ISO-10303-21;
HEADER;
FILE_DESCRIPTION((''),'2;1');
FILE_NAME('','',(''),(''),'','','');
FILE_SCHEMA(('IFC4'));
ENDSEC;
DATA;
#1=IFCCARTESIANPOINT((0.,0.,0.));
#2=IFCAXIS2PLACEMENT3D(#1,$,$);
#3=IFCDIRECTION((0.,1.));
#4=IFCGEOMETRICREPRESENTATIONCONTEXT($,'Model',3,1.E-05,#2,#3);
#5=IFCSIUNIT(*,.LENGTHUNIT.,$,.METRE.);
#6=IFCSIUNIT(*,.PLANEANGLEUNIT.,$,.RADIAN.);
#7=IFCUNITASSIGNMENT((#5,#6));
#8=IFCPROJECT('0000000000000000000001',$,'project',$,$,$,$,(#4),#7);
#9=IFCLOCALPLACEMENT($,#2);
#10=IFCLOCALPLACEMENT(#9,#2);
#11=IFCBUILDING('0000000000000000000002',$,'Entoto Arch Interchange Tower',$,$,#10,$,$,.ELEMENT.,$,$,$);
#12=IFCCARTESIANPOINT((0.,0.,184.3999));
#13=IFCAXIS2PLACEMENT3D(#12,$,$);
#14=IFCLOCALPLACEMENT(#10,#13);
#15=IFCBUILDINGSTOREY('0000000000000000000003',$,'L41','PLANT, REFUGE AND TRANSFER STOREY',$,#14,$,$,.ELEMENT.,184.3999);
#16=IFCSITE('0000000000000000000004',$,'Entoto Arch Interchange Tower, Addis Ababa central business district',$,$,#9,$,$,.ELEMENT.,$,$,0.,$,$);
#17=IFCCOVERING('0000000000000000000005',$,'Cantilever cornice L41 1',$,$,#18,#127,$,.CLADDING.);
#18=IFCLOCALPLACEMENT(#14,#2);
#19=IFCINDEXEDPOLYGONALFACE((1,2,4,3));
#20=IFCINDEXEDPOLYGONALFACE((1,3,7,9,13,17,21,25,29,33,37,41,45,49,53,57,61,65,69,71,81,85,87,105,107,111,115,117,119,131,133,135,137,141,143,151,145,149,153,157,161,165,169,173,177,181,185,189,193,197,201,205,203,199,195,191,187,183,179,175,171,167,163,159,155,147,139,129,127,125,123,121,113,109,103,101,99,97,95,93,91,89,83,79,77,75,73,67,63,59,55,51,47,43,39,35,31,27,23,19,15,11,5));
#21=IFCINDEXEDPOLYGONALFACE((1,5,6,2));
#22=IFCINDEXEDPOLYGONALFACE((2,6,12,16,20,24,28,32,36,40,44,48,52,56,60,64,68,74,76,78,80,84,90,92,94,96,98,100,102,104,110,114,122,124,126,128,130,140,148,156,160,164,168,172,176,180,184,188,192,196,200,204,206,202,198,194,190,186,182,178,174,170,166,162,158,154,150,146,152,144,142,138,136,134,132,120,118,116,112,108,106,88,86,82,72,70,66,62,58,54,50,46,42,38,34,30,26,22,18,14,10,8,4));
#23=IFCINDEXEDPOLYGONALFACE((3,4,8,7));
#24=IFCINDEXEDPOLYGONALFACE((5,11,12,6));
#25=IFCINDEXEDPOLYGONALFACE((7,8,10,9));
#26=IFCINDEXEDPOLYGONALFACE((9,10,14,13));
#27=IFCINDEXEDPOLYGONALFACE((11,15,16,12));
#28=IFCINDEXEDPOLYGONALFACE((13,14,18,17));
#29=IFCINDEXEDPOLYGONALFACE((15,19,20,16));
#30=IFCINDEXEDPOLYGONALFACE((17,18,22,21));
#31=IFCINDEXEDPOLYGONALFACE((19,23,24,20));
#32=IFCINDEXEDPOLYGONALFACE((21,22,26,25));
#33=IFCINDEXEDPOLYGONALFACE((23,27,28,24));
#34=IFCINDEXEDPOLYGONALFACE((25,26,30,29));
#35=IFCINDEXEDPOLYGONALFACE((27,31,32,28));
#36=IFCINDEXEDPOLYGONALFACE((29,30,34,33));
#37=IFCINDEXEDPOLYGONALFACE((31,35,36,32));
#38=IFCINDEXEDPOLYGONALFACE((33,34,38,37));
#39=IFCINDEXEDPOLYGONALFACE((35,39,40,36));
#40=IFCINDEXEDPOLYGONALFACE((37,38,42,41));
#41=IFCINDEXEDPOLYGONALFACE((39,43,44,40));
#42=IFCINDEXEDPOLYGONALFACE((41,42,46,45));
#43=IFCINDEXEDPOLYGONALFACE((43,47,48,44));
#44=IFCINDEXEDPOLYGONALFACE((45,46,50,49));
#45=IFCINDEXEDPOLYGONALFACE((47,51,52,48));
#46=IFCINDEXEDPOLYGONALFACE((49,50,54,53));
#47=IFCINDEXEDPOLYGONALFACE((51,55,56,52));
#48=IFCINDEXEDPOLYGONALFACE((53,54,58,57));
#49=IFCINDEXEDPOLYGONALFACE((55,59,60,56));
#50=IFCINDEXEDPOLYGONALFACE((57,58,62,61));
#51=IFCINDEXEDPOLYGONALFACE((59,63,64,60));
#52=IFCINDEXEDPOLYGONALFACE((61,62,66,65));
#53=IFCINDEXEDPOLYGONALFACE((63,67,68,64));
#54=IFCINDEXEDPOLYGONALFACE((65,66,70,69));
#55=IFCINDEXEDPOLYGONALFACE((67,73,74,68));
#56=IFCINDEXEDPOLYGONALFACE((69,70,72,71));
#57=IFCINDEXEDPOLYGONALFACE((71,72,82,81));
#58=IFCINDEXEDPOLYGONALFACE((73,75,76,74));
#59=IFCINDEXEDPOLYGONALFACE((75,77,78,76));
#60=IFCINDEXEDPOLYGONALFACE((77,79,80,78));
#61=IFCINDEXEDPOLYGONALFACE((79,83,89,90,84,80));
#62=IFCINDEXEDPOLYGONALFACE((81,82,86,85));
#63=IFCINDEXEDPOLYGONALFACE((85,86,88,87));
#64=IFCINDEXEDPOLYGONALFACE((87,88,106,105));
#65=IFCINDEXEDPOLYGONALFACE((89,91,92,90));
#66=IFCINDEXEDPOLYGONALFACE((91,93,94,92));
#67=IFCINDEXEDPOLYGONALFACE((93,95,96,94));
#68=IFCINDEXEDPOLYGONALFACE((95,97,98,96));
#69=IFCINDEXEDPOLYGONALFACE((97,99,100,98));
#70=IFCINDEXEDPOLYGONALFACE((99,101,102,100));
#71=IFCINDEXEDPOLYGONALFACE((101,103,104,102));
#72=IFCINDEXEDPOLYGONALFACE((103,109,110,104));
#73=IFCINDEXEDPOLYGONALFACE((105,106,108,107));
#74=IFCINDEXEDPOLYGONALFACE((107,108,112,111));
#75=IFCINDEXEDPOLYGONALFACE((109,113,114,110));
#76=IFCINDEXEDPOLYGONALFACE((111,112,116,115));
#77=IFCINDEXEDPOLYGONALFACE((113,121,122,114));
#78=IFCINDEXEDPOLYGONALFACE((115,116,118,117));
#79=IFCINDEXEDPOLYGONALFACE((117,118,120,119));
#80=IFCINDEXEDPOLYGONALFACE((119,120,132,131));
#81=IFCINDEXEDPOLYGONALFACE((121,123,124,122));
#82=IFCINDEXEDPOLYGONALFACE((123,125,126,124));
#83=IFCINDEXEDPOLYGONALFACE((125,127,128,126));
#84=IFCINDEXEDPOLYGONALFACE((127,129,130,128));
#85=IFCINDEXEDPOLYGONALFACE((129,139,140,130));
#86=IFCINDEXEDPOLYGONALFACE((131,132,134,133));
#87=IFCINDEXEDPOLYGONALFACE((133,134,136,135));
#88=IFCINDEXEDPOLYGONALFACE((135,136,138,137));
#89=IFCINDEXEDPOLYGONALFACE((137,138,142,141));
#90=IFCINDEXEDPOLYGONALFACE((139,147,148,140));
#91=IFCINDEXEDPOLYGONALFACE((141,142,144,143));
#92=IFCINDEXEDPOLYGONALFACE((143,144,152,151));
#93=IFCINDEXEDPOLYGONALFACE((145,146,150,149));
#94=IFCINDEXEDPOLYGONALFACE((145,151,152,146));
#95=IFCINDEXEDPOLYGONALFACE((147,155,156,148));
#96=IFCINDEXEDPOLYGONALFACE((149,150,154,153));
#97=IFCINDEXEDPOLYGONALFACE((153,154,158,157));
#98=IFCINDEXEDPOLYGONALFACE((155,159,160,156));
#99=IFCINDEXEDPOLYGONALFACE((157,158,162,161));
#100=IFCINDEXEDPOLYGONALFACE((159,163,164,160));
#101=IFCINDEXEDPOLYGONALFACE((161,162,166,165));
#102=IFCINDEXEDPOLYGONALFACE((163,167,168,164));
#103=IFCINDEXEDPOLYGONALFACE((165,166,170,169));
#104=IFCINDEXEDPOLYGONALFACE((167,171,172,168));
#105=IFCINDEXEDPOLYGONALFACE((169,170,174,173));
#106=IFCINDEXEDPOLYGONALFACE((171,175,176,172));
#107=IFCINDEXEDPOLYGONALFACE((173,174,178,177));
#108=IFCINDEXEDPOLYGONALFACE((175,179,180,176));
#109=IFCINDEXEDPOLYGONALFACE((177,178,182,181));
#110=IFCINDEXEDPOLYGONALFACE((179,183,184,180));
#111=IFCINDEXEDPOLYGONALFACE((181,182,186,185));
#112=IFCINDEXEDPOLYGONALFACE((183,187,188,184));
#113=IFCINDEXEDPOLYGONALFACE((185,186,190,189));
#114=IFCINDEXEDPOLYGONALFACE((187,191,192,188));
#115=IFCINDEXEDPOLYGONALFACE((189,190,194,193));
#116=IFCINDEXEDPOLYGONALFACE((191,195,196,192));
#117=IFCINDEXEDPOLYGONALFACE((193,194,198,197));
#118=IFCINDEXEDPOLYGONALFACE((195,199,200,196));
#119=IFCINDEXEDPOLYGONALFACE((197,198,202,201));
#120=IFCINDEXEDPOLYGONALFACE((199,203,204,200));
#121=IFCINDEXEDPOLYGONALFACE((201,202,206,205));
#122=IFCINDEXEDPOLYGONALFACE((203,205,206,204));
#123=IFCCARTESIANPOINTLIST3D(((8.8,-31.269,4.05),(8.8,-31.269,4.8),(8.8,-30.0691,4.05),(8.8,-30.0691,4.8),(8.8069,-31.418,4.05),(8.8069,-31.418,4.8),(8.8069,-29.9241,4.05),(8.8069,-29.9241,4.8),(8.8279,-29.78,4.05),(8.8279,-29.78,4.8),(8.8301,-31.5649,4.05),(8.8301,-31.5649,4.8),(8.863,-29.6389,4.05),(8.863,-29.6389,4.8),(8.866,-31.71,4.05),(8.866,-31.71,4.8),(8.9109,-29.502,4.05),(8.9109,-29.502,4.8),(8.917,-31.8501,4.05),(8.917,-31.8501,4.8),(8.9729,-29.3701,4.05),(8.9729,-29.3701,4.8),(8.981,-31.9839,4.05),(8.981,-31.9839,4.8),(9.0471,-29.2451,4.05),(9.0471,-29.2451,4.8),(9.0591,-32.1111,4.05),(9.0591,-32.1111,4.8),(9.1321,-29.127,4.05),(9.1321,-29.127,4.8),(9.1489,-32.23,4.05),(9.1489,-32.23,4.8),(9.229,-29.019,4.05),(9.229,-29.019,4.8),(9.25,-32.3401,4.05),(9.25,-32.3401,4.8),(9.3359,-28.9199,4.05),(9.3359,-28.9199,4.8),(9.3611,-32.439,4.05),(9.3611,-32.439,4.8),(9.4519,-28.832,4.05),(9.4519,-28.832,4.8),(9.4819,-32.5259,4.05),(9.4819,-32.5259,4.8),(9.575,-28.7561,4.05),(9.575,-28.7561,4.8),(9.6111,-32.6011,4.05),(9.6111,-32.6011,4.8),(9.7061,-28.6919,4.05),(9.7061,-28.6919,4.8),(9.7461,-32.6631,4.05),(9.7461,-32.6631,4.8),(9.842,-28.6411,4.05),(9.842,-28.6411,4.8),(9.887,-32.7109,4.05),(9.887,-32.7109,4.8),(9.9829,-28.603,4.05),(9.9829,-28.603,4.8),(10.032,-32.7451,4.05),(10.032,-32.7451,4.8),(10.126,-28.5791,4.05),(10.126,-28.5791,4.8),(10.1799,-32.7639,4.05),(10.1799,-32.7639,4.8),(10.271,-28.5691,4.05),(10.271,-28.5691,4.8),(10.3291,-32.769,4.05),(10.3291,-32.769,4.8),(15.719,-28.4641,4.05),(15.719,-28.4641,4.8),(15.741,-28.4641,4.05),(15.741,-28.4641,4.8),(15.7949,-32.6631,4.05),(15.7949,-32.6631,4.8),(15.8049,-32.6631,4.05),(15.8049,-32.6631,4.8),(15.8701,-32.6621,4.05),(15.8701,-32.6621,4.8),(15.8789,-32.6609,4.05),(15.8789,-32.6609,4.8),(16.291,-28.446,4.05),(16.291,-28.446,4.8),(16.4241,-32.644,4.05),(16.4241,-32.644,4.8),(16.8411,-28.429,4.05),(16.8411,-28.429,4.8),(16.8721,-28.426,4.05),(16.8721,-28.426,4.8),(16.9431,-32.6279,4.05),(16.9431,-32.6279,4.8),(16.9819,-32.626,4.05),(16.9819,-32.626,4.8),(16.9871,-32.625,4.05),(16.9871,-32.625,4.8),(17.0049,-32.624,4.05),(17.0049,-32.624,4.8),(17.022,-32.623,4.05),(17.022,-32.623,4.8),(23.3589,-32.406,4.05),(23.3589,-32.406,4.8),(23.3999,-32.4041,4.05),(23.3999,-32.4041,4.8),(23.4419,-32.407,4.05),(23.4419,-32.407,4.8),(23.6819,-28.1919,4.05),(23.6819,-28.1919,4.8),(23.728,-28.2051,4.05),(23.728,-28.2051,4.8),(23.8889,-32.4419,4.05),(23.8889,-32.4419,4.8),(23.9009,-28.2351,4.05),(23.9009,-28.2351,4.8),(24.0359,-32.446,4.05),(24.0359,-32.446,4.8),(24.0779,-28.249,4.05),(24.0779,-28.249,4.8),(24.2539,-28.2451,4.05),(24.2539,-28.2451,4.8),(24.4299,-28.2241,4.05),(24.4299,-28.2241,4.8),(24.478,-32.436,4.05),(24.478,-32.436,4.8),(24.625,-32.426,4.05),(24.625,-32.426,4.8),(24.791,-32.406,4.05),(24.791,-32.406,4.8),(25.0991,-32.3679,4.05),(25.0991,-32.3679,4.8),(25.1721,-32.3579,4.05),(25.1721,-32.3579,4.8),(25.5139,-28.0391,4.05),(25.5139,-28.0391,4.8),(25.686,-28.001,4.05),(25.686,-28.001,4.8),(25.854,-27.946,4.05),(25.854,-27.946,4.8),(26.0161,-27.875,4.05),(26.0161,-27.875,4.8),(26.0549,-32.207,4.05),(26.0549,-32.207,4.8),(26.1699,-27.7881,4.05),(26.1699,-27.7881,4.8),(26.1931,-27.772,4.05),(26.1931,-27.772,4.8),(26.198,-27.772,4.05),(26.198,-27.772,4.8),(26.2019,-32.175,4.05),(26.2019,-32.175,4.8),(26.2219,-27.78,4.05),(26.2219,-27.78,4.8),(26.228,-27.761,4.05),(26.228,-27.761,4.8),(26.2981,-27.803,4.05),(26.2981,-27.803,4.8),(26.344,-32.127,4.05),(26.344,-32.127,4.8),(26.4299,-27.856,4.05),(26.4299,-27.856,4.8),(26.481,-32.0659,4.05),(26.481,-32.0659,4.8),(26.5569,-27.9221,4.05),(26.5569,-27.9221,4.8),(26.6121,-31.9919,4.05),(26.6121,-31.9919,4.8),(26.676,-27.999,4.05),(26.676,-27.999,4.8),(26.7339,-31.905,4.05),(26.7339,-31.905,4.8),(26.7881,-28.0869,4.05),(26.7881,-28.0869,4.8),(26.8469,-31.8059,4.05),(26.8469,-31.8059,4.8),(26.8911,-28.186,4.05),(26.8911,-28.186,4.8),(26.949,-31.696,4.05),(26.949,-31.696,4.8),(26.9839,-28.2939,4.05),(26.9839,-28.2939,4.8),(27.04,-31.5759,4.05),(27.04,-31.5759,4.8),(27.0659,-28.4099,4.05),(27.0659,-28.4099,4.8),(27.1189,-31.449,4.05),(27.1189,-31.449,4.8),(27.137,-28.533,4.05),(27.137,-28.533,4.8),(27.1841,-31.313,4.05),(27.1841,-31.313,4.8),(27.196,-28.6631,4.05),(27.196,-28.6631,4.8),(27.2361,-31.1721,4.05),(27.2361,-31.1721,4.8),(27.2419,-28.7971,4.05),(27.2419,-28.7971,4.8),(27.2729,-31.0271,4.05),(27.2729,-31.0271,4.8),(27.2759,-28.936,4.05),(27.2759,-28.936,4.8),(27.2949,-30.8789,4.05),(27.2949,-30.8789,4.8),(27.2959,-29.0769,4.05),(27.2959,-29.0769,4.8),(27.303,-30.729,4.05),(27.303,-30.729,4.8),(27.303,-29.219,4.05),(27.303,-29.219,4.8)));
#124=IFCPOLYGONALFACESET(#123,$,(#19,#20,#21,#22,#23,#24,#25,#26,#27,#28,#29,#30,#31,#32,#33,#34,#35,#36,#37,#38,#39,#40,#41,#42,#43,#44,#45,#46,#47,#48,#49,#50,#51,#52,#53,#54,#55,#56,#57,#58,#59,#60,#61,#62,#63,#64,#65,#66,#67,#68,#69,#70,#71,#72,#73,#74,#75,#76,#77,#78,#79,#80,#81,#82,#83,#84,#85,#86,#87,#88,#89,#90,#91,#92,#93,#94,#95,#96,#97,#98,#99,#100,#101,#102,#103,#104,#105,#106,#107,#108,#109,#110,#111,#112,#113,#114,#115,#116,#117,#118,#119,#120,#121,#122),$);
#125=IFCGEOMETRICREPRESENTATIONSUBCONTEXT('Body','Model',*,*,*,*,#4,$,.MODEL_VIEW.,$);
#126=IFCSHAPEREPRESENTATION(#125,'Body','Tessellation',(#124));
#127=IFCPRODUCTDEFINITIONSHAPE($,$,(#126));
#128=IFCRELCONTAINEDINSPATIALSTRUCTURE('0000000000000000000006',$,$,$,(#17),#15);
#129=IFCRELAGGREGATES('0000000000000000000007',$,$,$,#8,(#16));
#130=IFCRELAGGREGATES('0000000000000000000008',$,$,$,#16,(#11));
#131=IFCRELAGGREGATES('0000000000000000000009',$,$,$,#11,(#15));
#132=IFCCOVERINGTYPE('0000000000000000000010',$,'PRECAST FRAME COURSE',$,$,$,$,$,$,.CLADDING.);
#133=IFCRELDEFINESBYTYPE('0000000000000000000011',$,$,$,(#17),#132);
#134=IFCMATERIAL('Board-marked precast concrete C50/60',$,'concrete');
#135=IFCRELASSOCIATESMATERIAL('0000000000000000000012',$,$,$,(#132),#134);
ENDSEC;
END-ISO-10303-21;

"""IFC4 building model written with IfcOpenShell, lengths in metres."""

from ifc_helpers import new_model, si_unit, direction, frame, origin, place, context, subcontext, project, spatial, polyline, outline, extrude, material, type_object, element, save


model = new_model("IFC4")

# Units and contexts
model_context = context("Model", 3, precision=1e-05, world=origin(), true_north=direction((0.0, 1.0)))
body_context = subcontext(model_context, "Body", "Model", "MODEL_VIEW")
ifc_project = project(units=[si_unit("LENGTHUNIT", "METRE"), si_unit("PLANEANGLEUNIT", "RADIAN")], contexts=[model_context])

# Site, building, storey
site_placement = place(None, origin())
site = spatial("IfcSite", under=ifc_project, at=site_placement, Name="Entoto Arch Interchange Tower, Addis Ababa central business district", CompositionType="ELEMENT", RefElevation=0.0)
building_placement = place(site_placement, origin())
building = spatial("IfcBuilding", under=site, at=building_placement, Name="Entoto Arch Interchange Tower", CompositionType="ELEMENT")
storey_placement = place(building_placement, frame((0.0, 0.0, 184.3999)))
storey = spatial("IfcBuildingStorey", under=building, at=storey_placement, Name="L41", Description="PLANT, REFUGE AND TRANSFER STOREY", CompositionType="ELEMENT", Elevation=184.3999)

# Covering
ifc_material_1 = material(Name="Board-marked precast concrete C50/60", Category="concrete")
covering_type_1 = type_object("IfcCoveringType", Name="PRECAST FRAME COURSE", PredefinedType="CLADDING", material=ifc_material_1)
covering_1_placement = place(storey_placement, frame((0.0, 0.0, 4.05)))
element("IfcCovering", 1, at=covering_1_placement, inside=storey, type_object=covering_type_1, Name="Cantilever cornice L41 1", PredefinedType="CLADDING", context=body_context, shape_type="SweptSolid", body=[
    extrude(outline(polyline([(26.4299, -27.856), (26.5569, -27.9221), (26.676, -27.999), (26.7881, -28.0869), (26.8911, -28.186), (26.9839, -28.2939), (27.0659, -28.4099), (27.137, -28.533), (27.196, -28.6631), (27.2419, -28.7971), (27.2759, -28.936), (27.2959, -29.0769), (27.303, -29.219), (27.303, -30.729), (27.2949, -30.8789), (27.2729, -31.0271), (27.2361, -31.1721), (27.1841, -31.313), (27.1189, -31.449), (27.04, -31.5759), (26.949, -31.696), (26.8469, -31.8059), (26.7339, -31.905), (26.6121, -31.9919), (26.481, -32.0659), (26.344, -32.127), (26.2019, -32.175), (26.0549, -32.207), (25.1721, -32.3579), (25.0991, -32.3679), (24.791, -32.406), (24.625, -32.426), (24.478, -32.436), (24.0359, -32.446), (23.8889, -32.4419), (23.4419, -32.407), (23.3999, -32.4041), (23.3589, -32.406), (17.022, -32.623), (17.0049, -32.624), (16.9871, -32.625), (16.9819, -32.626), (16.9431, -32.6279), (16.4241, -32.644), (15.8789, -32.6609), (15.8701, -32.6621), (15.8049, -32.6631), (15.7949, -32.6631), (10.3291, -32.769), (10.1799, -32.7639), (10.032, -32.7451), (9.887, -32.7109), (9.7461, -32.6631), (9.6111, -32.6011), (9.4819, -32.5259), (9.3611, -32.439), (9.25, -32.3401), (9.1489, -32.23), (9.0591, -32.1111), (8.981, -31.9839), (8.917, -31.8501), (8.866, -31.71), (8.8301, -31.5649), (8.8069, -31.418), (8.8, -31.269), (8.8, -30.0691), (8.8069, -29.9241), (8.8279, -29.78), (8.863, -29.6389), (8.9109, -29.502), (8.9729, -29.3701), (9.0471, -29.2451), (9.1321, -29.127), (9.229, -29.019), (9.3359, -28.9199), (9.4519, -28.832), (9.575, -28.7561), (9.7061, -28.6919), (9.842, -28.6411), (9.9829, -28.603), (10.126, -28.5791), (10.271, -28.5691), (15.719, -28.4641), (15.741, -28.4641), (16.291, -28.446), (16.8411, -28.429), (16.8721, -28.426), (23.6819, -28.1919), (23.728, -28.2051), (23.9009, -28.2351), (24.0779, -28.249), (24.2539, -28.2451), (24.4299, -28.2241), (25.5139, -28.0391), (25.686, -28.001), (25.854, -27.946), (26.0161, -27.875), (26.1699, -27.7881), (26.1931, -27.772), (26.228, -27.761), (26.198, -27.772), (26.2219, -27.78), (26.2981, -27.803), (26.4299, -27.856)])), origin(), (0.0, 0.0, 1.0), 0.75),
])

save(model, "model.ifc")
